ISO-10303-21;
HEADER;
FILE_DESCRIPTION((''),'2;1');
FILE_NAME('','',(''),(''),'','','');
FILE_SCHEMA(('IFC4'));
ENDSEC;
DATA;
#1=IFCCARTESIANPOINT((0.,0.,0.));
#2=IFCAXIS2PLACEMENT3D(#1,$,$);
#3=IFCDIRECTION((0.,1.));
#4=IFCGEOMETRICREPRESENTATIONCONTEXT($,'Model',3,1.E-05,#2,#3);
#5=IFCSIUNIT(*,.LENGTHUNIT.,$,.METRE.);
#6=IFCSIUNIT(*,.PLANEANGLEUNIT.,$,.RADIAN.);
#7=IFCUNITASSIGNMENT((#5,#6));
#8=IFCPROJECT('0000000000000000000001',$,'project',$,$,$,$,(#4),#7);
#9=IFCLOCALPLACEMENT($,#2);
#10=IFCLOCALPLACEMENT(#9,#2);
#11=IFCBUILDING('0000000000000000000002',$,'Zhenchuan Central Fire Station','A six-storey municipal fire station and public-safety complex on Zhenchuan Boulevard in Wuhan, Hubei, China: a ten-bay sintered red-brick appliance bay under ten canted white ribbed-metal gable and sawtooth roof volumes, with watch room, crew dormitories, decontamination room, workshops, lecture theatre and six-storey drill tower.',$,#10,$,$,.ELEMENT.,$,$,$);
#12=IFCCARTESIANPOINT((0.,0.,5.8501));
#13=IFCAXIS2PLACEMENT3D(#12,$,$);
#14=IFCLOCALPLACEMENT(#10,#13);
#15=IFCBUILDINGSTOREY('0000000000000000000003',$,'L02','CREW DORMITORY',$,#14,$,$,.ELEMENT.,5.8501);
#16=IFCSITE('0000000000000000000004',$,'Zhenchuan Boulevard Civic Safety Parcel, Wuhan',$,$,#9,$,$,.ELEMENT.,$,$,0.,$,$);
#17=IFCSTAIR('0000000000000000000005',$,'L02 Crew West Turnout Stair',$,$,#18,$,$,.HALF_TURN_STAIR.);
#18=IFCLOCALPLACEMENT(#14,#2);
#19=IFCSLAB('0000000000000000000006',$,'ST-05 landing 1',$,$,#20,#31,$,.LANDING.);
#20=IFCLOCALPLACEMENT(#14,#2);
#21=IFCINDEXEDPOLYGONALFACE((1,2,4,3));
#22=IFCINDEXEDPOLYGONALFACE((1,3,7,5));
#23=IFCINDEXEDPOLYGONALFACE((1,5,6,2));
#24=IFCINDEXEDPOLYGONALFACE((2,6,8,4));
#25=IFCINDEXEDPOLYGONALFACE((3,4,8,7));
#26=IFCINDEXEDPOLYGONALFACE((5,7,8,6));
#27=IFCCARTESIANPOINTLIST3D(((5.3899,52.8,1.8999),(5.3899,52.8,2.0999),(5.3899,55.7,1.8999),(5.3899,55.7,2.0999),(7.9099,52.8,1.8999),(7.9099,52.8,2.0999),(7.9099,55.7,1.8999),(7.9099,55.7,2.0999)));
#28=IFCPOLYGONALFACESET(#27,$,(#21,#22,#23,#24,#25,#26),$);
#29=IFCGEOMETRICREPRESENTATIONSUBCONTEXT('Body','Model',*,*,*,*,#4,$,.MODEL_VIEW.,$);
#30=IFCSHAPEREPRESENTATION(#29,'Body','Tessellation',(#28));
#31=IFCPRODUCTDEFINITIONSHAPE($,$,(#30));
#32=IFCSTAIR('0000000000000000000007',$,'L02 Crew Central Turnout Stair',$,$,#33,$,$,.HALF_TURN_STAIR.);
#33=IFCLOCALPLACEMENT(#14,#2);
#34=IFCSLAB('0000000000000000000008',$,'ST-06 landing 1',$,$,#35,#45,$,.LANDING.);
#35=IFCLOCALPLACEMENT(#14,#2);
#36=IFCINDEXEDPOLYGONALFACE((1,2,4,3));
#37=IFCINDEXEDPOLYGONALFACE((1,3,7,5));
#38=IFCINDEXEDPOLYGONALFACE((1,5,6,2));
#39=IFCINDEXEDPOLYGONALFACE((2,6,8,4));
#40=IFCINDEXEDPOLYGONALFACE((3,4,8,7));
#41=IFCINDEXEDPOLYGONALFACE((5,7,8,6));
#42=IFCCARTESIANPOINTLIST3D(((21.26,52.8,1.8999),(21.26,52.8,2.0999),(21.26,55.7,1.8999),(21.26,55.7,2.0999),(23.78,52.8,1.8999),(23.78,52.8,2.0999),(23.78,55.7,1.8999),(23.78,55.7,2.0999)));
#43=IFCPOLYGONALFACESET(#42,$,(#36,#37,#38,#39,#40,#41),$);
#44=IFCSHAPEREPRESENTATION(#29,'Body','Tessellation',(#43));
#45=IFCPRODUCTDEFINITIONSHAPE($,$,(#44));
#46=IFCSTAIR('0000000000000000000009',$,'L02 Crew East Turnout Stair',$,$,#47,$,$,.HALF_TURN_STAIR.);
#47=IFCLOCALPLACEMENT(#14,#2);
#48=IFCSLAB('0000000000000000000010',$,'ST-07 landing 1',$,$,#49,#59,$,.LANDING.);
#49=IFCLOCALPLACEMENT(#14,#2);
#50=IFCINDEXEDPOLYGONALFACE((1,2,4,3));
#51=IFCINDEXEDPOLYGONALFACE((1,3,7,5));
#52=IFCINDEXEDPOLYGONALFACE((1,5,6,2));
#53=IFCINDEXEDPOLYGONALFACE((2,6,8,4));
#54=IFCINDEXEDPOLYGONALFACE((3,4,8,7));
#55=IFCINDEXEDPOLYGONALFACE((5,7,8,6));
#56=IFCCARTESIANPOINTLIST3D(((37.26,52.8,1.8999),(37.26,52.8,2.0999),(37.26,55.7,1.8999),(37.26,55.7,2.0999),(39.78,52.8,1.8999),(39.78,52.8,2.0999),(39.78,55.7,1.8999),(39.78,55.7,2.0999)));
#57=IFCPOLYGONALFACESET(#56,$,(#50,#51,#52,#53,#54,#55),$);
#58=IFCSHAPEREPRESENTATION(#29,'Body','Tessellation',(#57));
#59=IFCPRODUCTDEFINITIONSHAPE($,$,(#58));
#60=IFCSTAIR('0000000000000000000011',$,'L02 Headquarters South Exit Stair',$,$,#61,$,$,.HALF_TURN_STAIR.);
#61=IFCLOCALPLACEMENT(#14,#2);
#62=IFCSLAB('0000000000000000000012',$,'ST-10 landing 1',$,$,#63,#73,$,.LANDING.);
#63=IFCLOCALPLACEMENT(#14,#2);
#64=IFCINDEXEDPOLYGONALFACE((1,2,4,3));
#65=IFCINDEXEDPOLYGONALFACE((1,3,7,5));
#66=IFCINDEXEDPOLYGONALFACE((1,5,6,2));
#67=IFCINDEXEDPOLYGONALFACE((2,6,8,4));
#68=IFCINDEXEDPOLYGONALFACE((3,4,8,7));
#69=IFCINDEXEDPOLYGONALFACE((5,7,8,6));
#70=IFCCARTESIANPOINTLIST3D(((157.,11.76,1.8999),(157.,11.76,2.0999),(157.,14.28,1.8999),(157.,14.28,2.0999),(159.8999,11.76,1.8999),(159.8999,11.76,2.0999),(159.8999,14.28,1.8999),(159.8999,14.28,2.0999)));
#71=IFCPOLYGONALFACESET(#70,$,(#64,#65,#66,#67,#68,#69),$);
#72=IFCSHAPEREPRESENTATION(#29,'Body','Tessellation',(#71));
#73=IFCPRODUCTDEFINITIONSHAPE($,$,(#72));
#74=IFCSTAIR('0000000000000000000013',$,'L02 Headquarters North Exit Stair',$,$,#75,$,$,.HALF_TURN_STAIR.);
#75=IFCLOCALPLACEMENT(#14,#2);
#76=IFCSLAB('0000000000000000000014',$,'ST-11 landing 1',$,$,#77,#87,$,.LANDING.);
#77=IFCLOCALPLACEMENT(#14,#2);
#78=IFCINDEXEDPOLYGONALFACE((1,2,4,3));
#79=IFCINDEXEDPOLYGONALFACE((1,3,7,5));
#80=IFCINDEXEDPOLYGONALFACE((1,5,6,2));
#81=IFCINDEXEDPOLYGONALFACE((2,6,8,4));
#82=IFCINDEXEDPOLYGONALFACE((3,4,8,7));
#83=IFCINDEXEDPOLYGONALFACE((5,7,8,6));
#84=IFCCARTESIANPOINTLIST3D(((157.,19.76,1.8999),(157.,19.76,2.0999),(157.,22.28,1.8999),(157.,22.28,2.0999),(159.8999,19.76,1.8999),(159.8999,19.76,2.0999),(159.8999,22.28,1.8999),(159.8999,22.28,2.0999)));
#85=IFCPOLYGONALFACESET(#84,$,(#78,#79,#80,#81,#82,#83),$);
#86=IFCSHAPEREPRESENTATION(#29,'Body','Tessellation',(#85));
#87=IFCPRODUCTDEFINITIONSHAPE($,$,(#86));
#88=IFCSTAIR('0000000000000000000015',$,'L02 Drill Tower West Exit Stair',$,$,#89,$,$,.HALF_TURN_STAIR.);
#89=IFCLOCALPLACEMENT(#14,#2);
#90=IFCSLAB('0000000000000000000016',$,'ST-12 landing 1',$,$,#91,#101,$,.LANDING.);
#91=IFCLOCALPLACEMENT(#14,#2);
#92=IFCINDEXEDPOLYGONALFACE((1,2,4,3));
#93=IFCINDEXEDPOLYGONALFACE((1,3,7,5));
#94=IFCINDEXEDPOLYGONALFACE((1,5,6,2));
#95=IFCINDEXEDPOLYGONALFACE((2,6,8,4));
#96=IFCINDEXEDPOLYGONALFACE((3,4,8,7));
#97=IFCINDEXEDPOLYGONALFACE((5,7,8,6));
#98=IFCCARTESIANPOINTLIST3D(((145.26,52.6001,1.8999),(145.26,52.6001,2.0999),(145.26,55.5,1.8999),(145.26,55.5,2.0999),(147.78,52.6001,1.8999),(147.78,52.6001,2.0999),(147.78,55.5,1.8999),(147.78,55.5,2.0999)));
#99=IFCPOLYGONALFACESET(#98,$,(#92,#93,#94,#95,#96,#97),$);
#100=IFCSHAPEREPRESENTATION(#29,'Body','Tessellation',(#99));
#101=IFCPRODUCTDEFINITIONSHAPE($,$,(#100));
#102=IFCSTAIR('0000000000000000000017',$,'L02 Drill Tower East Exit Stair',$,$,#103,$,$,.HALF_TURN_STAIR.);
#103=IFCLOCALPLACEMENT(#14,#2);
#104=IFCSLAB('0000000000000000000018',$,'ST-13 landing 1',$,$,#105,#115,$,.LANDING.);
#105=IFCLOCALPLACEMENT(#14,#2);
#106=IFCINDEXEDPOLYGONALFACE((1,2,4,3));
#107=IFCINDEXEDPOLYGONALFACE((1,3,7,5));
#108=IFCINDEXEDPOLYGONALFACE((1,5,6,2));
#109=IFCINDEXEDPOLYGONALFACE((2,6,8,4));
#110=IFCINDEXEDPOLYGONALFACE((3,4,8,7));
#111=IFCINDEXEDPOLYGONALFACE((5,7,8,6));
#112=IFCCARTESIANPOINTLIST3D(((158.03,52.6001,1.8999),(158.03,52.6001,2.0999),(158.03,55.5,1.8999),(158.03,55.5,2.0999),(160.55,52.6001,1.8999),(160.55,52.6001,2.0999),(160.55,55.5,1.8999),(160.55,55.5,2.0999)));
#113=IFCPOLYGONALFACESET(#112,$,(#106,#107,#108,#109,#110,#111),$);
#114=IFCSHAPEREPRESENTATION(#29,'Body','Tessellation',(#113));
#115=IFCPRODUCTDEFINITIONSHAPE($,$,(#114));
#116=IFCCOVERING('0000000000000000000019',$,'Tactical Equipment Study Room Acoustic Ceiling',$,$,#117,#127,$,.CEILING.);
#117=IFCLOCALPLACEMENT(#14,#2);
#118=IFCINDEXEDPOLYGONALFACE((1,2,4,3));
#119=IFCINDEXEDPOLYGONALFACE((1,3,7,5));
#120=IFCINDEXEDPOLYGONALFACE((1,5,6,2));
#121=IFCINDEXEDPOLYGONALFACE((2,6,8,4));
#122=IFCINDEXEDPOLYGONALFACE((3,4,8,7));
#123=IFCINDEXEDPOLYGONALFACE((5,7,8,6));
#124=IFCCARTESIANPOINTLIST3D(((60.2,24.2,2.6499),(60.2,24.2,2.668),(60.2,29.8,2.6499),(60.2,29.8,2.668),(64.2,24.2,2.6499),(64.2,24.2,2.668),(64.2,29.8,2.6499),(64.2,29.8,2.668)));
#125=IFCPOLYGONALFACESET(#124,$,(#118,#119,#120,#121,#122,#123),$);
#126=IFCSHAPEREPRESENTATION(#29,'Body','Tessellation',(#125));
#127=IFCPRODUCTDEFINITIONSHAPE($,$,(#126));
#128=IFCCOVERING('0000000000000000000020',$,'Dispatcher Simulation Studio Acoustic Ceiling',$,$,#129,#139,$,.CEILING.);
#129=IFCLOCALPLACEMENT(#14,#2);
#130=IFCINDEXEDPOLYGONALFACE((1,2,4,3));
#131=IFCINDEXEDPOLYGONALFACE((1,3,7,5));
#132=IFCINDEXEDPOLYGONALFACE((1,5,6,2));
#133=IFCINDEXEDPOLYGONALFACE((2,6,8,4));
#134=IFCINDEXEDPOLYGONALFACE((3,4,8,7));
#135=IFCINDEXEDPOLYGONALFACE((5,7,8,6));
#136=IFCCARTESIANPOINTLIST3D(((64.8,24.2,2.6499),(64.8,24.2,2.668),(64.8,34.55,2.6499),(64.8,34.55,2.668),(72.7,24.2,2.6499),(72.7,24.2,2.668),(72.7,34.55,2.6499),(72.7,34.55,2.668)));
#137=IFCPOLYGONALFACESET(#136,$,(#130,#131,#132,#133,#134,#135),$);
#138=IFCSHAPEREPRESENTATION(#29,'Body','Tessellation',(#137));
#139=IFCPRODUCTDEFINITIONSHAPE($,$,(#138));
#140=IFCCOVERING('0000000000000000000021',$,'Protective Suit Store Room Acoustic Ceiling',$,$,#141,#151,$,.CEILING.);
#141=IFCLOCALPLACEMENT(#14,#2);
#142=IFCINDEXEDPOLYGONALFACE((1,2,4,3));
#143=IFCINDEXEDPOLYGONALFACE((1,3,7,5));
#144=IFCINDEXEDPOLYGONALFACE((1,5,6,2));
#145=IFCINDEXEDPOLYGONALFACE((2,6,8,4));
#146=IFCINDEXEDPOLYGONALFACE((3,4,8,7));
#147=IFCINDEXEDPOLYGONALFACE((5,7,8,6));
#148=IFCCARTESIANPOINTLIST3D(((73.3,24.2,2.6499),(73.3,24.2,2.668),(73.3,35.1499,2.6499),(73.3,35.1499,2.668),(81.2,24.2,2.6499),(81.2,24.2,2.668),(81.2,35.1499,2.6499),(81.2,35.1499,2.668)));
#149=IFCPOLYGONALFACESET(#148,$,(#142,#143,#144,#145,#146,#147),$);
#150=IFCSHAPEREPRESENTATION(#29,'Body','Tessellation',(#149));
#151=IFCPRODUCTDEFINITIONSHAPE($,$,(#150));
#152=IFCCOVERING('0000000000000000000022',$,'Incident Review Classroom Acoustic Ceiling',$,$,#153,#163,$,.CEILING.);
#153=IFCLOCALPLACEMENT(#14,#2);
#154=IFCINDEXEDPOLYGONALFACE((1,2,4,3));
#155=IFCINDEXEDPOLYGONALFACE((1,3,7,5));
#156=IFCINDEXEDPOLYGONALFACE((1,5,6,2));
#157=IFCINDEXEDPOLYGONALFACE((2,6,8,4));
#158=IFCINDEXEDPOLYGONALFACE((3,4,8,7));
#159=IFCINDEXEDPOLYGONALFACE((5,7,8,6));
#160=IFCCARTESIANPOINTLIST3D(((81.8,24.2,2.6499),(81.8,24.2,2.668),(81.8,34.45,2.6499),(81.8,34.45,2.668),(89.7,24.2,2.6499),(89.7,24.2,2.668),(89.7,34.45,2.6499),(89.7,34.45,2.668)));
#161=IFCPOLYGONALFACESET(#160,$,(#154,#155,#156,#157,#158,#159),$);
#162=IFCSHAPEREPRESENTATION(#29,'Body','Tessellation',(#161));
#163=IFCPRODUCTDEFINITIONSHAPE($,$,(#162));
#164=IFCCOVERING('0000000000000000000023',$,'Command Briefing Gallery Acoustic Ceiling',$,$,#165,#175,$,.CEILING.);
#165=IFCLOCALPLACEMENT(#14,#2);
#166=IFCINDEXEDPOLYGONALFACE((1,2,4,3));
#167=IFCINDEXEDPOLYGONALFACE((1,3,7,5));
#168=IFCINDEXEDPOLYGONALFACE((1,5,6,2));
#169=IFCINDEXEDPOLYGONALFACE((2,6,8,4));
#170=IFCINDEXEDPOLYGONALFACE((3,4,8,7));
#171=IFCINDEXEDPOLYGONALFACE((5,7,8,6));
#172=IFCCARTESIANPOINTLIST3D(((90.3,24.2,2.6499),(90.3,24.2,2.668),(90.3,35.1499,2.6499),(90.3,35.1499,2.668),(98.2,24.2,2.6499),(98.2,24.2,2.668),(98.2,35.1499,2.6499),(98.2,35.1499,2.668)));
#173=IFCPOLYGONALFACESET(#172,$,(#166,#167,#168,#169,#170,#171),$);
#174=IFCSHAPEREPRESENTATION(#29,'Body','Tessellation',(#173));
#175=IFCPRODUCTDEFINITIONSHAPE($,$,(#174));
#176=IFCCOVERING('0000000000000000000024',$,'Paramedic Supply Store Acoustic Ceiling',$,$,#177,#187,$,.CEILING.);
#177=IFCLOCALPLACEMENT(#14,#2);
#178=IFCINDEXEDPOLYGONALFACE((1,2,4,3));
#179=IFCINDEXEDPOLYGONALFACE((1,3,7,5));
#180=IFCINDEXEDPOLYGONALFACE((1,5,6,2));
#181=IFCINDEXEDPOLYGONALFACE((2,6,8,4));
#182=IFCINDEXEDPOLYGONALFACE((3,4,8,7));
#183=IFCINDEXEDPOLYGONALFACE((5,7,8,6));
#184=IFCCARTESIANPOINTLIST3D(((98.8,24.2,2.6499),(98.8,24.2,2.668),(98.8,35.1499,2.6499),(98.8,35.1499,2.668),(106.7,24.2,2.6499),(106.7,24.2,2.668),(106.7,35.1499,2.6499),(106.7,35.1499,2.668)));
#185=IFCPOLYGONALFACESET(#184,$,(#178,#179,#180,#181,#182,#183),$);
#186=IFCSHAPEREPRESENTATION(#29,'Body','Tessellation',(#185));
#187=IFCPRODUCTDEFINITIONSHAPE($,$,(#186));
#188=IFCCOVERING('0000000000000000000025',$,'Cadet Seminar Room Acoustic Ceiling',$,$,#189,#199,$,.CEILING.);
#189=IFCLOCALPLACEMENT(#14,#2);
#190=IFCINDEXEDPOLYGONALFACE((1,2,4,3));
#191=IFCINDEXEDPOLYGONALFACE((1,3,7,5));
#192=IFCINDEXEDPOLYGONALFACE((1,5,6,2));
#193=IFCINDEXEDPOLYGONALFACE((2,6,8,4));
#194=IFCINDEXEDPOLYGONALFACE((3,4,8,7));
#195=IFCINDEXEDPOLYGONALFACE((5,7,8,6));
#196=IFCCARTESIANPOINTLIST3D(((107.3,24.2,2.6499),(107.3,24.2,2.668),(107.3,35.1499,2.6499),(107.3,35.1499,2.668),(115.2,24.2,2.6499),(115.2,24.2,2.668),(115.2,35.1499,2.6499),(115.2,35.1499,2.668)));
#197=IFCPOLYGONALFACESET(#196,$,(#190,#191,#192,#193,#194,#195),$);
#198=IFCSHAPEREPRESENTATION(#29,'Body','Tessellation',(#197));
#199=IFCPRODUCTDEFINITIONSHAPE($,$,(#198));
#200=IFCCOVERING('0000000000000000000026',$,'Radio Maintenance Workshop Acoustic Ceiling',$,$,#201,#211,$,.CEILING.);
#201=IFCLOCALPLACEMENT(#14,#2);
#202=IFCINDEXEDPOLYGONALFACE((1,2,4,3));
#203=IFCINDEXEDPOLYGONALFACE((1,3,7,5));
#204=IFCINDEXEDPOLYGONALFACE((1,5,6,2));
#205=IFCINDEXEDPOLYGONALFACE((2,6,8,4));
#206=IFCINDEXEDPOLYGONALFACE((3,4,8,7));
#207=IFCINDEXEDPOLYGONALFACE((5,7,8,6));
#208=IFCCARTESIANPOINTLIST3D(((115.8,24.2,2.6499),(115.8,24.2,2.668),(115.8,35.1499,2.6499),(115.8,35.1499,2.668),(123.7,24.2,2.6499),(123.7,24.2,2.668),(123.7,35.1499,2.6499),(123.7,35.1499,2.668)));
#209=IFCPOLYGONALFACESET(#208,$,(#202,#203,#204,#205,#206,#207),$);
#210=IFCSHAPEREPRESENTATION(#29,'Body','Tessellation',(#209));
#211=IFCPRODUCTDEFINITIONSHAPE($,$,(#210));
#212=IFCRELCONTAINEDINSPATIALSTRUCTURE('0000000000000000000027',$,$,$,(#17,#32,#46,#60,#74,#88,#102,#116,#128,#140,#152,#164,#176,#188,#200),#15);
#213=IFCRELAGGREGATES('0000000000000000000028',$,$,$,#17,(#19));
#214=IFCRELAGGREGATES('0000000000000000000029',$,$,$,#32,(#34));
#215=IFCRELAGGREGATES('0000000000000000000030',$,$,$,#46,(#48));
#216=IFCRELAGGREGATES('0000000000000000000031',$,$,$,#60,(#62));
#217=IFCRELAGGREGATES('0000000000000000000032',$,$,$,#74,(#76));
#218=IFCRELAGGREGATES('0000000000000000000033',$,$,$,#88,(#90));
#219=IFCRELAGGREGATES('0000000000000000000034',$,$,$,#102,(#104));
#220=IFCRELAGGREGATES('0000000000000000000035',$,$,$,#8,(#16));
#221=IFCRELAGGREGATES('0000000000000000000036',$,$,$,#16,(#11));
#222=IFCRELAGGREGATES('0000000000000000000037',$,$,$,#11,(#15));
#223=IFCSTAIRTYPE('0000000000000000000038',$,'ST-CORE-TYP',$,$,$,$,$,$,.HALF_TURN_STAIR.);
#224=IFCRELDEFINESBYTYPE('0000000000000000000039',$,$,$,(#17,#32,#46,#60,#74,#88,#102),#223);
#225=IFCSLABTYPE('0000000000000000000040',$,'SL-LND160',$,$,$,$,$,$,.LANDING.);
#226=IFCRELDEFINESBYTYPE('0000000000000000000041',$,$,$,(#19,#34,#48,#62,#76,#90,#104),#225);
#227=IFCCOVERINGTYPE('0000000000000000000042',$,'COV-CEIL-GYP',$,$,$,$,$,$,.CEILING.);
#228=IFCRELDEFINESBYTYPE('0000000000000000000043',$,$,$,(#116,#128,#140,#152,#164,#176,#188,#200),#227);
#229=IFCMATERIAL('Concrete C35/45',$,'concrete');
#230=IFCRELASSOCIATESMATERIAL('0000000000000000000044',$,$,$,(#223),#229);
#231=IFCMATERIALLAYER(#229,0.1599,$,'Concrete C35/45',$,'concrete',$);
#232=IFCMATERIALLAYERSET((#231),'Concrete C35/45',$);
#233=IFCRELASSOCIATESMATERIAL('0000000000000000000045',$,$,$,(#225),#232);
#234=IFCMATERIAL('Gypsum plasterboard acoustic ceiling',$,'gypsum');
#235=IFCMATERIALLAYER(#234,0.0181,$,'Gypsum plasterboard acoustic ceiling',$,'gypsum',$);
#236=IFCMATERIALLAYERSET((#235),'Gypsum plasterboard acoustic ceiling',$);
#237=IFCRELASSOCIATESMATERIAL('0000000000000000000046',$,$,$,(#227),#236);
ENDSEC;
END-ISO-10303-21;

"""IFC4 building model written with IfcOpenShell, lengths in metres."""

from ifc_helpers import new_model, si_unit, direction, frame, origin, place, context, subcontext, project, spatial, polyline, outline, extrude, material, layer, layer_set, type_object, element, aggregate, save


model = new_model("IFC4")

# Units and contexts
model_context = context("Model", 3, precision=1e-05, world=origin(), true_north=direction((0.0, 1.0)))
body_context = subcontext(model_context, "Body", "Model", "MODEL_VIEW")
ifc_project = project(units=[si_unit("LENGTHUNIT", "METRE"), si_unit("PLANEANGLEUNIT", "RADIAN")], contexts=[model_context])

# Site, building, storey
site_placement = place(None, origin())
site = spatial("IfcSite", under=ifc_project, at=site_placement, Name="Zhenchuan Boulevard Civic Safety Parcel, Wuhan", CompositionType="ELEMENT", RefElevation=0.0)
building_placement = place(site_placement, origin())
building = spatial("IfcBuilding", under=site, at=building_placement, Name="Zhenchuan Central Fire Station", Description="A six-storey municipal fire station and public-safety complex on Zhenchuan Boulevard in Wuhan, Hubei, China: a ten-bay sintered red-brick appliance bay under ten canted white ribbed-metal gable and sawtooth roof volumes, with watch room, crew dormitories, decontamination room, workshops, lecture theatre and six-storey drill tower.", CompositionType="ELEMENT")
storey_placement = place(building_placement, frame((0.0, 0.0, 5.8501)))
storey = spatial("IfcBuildingStorey", under=building, at=storey_placement, Name="L02", Description="CREW DORMITORY", CompositionType="ELEMENT", Elevation=5.8501)

# Stairs, slabs
ifc_material_1 = material(Name="Concrete C35/45", Category="concrete")
stair_type = type_object("IfcStairType", Name="ST-CORE-TYP", PredefinedType="HALF_TURN_STAIR", material=ifc_material_1)
stair_1_placement = place(storey_placement, origin())
stair_1 = element("IfcStair", 1, at=stair_1_placement, inside=storey, type_object=stair_type, Name="L02 Crew West Turnout Stair", PredefinedType="HALF_TURN_STAIR")
ifc_layer_1 = layer(ifc_material_1, 0.1599, Name="Concrete C35/45", Category="concrete")
ifc_layer_set_1 = layer_set([ifc_layer_1], Name="Concrete C35/45")
slab_type = type_object("IfcSlabType", Name="SL-LND160", PredefinedType="LANDING", material=ifc_layer_set_1)
slab_1_placement = place(storey_placement, frame((0.0, 0.0, 1.8999)))
slab_1 = element("IfcSlab", 2, at=slab_1_placement, type_object=slab_type, Name="ST-05 landing 1", PredefinedType="LANDING", context=body_context, shape_type="SweptSolid", body=[
    extrude(outline(polyline([(5.3899, 52.8), (7.9099, 52.8), (7.9099, 55.7), (5.3899, 55.7), (5.3899, 52.8)])), origin(), (0.0, 0.0, 1.0), 0.2),
])
aggregate(stair_1, [slab_1])
stair_2_placement = place(storey_placement, origin())
stair_2 = element("IfcStair", 3, at=stair_2_placement, inside=storey, type_object=stair_type, Name="L02 Crew Central Turnout Stair", PredefinedType="HALF_TURN_STAIR")
slab_2_placement = place(storey_placement, frame((0.0, 0.0, 1.8999)))
slab_2 = element("IfcSlab", 4, at=slab_2_placement, type_object=slab_type, Name="ST-06 landing 1", PredefinedType="LANDING", context=body_context, shape_type="SweptSolid", body=[
    extrude(outline(polyline([(21.26, 52.8), (23.78, 52.8), (23.78, 55.7), (21.26, 55.7), (21.26, 52.8)])), origin(), (0.0, 0.0, 1.0), 0.2),
])
aggregate(stair_2, [slab_2])
stair_3_placement = place(storey_placement, origin())
stair_3 = element("IfcStair", 5, at=stair_3_placement, inside=storey, type_object=stair_type, Name="L02 Crew East Turnout Stair", PredefinedType="HALF_TURN_STAIR")
slab_3_placement = place(storey_placement, frame((0.0, 0.0, 1.8999)))
slab_3 = element("IfcSlab", 6, at=slab_3_placement, type_object=slab_type, Name="ST-07 landing 1", PredefinedType="LANDING", context=body_context, shape_type="SweptSolid", body=[
    extrude(outline(polyline([(37.26, 52.8), (39.78, 52.8), (39.78, 55.7), (37.26, 55.7), (37.26, 52.8)])), origin(), (0.0, 0.0, 1.0), 0.2),
])
aggregate(stair_3, [slab_3])
stair_4_placement = place(storey_placement, origin())
stair_4 = element("IfcStair", 7, at=stair_4_placement, inside=storey, type_object=stair_type, Name="L02 Headquarters South Exit Stair", PredefinedType="HALF_TURN_STAIR")
slab_4_placement = place(storey_placement, frame((0.0, 0.0, 1.8999)))
slab_4 = element("IfcSlab", 8, at=slab_4_placement, type_object=slab_type, Name="ST-10 landing 1", PredefinedType="LANDING", context=body_context, shape_type="SweptSolid", body=[
    extrude(outline(polyline([(159.8999, 11.76), (159.8999, 14.28), (157.0, 14.28), (157.0, 11.76), (159.8999, 11.76)])), origin(), (0.0, 0.0, 1.0), 0.2),
])
aggregate(stair_4, [slab_4])
stair_5_placement = place(storey_placement, origin())
stair_5 = element("IfcStair", 9, at=stair_5_placement, inside=storey, type_object=stair_type, Name="L02 Headquarters North Exit Stair", PredefinedType="HALF_TURN_STAIR")
slab_5_placement = place(storey_placement, frame((0.0, 0.0, 1.8999)))
slab_5 = element("IfcSlab", 10, at=slab_5_placement, type_object=slab_type, Name="ST-11 landing 1", PredefinedType="LANDING", context=body_context, shape_type="SweptSolid", body=[
    extrude(outline(polyline([(159.8999, 19.76), (159.8999, 22.28), (157.0, 22.28), (157.0, 19.76), (159.8999, 19.76)])), origin(), (0.0, 0.0, 1.0), 0.2),
])
aggregate(stair_5, [slab_5])
stair_6_placement = place(storey_placement, origin())
stair_6 = element("IfcStair", 11, at=stair_6_placement, inside=storey, type_object=stair_type, Name="L02 Drill Tower West Exit Stair", PredefinedType="HALF_TURN_STAIR")
slab_6_placement = place(storey_placement, frame((0.0, 0.0, 1.8999)))
slab_6 = element("IfcSlab", 12, at=slab_6_placement, type_object=slab_type, Name="ST-12 landing 1", PredefinedType="LANDING", context=body_context, shape_type="SweptSolid", body=[
    extrude(outline(polyline([(145.26, 52.6001), (147.78, 52.6001), (147.78, 55.5), (145.26, 55.5), (145.26, 52.6001)])), origin(), (0.0, 0.0, 1.0), 0.2),
])
aggregate(stair_6, [slab_6])
stair_7_placement = place(storey_placement, origin())
stair_7 = element("IfcStair", 13, at=stair_7_placement, inside=storey, type_object=stair_type, Name="L02 Drill Tower East Exit Stair", PredefinedType="HALF_TURN_STAIR")
slab_7_placement = place(storey_placement, frame((0.0, 0.0, 1.8999)))
slab_7 = element("IfcSlab", 14, at=slab_7_placement, type_object=slab_type, Name="ST-13 landing 1", PredefinedType="LANDING", context=body_context, shape_type="SweptSolid", body=[
    extrude(outline(polyline([(158.03, 52.6001), (160.55, 52.6001), (160.55, 55.5), (158.03, 55.5), (158.03, 52.6001)])), origin(), (0.0, 0.0, 1.0), 0.2),
])
aggregate(stair_7, [slab_7])

# Coverings
ifc_material_2 = material(Name="Gypsum plasterboard acoustic ceiling", Category="gypsum")
ifc_layer_2 = layer(ifc_material_2, 0.0181, Name="Gypsum plasterboard acoustic ceiling", Category="gypsum")
ifc_layer_set_2 = layer_set([ifc_layer_2], Name="Gypsum plasterboard acoustic ceiling")
covering_type_1 = type_object("IfcCoveringType", Name="COV-CEIL-GYP", PredefinedType="CEILING", material=ifc_layer_set_2)
covering_1_placement = place(storey_placement, frame((0.0, 0.0, 2.6499)))
element("IfcCovering", 15, at=covering_1_placement, inside=storey, type_object=covering_type_1, Name="Tactical Equipment Study Room Acoustic Ceiling", PredefinedType="CEILING", context=body_context, shape_type="SweptSolid", body=[
    extrude(outline(polyline([(64.2, 24.2), (64.2, 29.8), (60.2, 29.8), (60.2, 24.2), (64.2, 24.2)])), origin(), (0.0, 0.0, 1.0), 0.0181),
])
covering_2_placement = place(storey_placement, frame((0.0, 0.0, 2.6499)))
element("IfcCovering", 16, at=covering_2_placement, inside=storey, type_object=covering_type_1, Name="Dispatcher Simulation Studio Acoustic Ceiling", PredefinedType="CEILING", context=body_context, shape_type="SweptSolid", body=[
    extrude(outline(polyline([(72.7, 24.2), (72.7, 34.55), (64.8, 34.55), (64.8, 24.2), (72.7, 24.2)])), origin(), (0.0, 0.0, 1.0), 0.0181),
])
covering_3_placement = place(storey_placement, frame((0.0, 0.0, 2.6499)))
element("IfcCovering", 17, at=covering_3_placement, inside=storey, type_object=covering_type_1, Name="Protective Suit Store Room Acoustic Ceiling", PredefinedType="CEILING", context=body_context, shape_type="SweptSolid", body=[
    extrude(outline(polyline([(73.3, 24.2), (73.3, 35.1499), (81.2, 35.1499), (81.2, 24.2), (73.3, 24.2)])), origin(), (0.0, 0.0, 1.0), 0.0181),
])
covering_4_placement = place(storey_placement, frame((0.0, 0.0, 2.6499)))
element("IfcCovering", 18, at=covering_4_placement, inside=storey, type_object=covering_type_1, Name="Incident Review Classroom Acoustic Ceiling", PredefinedType="CEILING", context=body_context, shape_type="SweptSolid", body=[
    extrude(outline(polyline([(89.7, 24.2), (89.7, 34.45), (81.8, 34.45), (81.8, 24.2), (89.7, 24.2)])), origin(), (0.0, 0.0, 1.0), 0.0181),
])
covering_5_placement = place(storey_placement, frame((0.0, 0.0, 2.6499)))
element("IfcCovering", 19, at=covering_5_placement, inside=storey, type_object=covering_type_1, Name="Command Briefing Gallery Acoustic Ceiling", PredefinedType="CEILING", context=body_context, shape_type="SweptSolid", body=[
    extrude(outline(polyline([(90.3, 24.2), (90.3, 35.1499), (98.2, 35.1499), (98.2, 24.2), (90.3, 24.2)])), origin(), (0.0, 0.0, 1.0), 0.0181),
])
covering_6_placement = place(storey_placement, frame((0.0, 0.0, 2.6499)))
element("IfcCovering", 20, at=covering_6_placement, inside=storey, type_object=covering_type_1, Name="Paramedic Supply Store Acoustic Ceiling", PredefinedType="CEILING", context=body_context, shape_type="SweptSolid", body=[
    extrude(outline(polyline([(98.8, 24.2), (98.8, 35.1499), (106.7, 35.1499), (106.7, 24.2), (98.8, 24.2)])), origin(), (0.0, 0.0, 1.0), 0.0181),
])
covering_7_placement = place(storey_placement, frame((0.0, 0.0, 2.6499)))
element("IfcCovering", 21, at=covering_7_placement, inside=storey, type_object=covering_type_1, Name="Cadet Seminar Room Acoustic Ceiling", PredefinedType="CEILING", context=body_context, shape_type="SweptSolid", body=[
    extrude(outline(polyline([(107.3, 24.2), (107.3, 35.1499), (115.2, 35.1499), (115.2, 24.2), (107.3, 24.2)])), origin(), (0.0, 0.0, 1.0), 0.0181),
])
covering_8_placement = place(storey_placement, frame((0.0, 0.0, 2.6499)))
element("IfcCovering", 22, at=covering_8_placement, inside=storey, type_object=covering_type_1, Name="Radio Maintenance Workshop Acoustic Ceiling", PredefinedType="CEILING", context=body_context, shape_type="SweptSolid", body=[
    extrude(outline(polyline([(115.8, 24.2), (115.8, 35.1499), (123.7, 35.1499), (123.7, 24.2), (115.8, 24.2)])), origin(), (0.0, 0.0, 1.0), 0.0181),
])

save(model, "model.ifc")
